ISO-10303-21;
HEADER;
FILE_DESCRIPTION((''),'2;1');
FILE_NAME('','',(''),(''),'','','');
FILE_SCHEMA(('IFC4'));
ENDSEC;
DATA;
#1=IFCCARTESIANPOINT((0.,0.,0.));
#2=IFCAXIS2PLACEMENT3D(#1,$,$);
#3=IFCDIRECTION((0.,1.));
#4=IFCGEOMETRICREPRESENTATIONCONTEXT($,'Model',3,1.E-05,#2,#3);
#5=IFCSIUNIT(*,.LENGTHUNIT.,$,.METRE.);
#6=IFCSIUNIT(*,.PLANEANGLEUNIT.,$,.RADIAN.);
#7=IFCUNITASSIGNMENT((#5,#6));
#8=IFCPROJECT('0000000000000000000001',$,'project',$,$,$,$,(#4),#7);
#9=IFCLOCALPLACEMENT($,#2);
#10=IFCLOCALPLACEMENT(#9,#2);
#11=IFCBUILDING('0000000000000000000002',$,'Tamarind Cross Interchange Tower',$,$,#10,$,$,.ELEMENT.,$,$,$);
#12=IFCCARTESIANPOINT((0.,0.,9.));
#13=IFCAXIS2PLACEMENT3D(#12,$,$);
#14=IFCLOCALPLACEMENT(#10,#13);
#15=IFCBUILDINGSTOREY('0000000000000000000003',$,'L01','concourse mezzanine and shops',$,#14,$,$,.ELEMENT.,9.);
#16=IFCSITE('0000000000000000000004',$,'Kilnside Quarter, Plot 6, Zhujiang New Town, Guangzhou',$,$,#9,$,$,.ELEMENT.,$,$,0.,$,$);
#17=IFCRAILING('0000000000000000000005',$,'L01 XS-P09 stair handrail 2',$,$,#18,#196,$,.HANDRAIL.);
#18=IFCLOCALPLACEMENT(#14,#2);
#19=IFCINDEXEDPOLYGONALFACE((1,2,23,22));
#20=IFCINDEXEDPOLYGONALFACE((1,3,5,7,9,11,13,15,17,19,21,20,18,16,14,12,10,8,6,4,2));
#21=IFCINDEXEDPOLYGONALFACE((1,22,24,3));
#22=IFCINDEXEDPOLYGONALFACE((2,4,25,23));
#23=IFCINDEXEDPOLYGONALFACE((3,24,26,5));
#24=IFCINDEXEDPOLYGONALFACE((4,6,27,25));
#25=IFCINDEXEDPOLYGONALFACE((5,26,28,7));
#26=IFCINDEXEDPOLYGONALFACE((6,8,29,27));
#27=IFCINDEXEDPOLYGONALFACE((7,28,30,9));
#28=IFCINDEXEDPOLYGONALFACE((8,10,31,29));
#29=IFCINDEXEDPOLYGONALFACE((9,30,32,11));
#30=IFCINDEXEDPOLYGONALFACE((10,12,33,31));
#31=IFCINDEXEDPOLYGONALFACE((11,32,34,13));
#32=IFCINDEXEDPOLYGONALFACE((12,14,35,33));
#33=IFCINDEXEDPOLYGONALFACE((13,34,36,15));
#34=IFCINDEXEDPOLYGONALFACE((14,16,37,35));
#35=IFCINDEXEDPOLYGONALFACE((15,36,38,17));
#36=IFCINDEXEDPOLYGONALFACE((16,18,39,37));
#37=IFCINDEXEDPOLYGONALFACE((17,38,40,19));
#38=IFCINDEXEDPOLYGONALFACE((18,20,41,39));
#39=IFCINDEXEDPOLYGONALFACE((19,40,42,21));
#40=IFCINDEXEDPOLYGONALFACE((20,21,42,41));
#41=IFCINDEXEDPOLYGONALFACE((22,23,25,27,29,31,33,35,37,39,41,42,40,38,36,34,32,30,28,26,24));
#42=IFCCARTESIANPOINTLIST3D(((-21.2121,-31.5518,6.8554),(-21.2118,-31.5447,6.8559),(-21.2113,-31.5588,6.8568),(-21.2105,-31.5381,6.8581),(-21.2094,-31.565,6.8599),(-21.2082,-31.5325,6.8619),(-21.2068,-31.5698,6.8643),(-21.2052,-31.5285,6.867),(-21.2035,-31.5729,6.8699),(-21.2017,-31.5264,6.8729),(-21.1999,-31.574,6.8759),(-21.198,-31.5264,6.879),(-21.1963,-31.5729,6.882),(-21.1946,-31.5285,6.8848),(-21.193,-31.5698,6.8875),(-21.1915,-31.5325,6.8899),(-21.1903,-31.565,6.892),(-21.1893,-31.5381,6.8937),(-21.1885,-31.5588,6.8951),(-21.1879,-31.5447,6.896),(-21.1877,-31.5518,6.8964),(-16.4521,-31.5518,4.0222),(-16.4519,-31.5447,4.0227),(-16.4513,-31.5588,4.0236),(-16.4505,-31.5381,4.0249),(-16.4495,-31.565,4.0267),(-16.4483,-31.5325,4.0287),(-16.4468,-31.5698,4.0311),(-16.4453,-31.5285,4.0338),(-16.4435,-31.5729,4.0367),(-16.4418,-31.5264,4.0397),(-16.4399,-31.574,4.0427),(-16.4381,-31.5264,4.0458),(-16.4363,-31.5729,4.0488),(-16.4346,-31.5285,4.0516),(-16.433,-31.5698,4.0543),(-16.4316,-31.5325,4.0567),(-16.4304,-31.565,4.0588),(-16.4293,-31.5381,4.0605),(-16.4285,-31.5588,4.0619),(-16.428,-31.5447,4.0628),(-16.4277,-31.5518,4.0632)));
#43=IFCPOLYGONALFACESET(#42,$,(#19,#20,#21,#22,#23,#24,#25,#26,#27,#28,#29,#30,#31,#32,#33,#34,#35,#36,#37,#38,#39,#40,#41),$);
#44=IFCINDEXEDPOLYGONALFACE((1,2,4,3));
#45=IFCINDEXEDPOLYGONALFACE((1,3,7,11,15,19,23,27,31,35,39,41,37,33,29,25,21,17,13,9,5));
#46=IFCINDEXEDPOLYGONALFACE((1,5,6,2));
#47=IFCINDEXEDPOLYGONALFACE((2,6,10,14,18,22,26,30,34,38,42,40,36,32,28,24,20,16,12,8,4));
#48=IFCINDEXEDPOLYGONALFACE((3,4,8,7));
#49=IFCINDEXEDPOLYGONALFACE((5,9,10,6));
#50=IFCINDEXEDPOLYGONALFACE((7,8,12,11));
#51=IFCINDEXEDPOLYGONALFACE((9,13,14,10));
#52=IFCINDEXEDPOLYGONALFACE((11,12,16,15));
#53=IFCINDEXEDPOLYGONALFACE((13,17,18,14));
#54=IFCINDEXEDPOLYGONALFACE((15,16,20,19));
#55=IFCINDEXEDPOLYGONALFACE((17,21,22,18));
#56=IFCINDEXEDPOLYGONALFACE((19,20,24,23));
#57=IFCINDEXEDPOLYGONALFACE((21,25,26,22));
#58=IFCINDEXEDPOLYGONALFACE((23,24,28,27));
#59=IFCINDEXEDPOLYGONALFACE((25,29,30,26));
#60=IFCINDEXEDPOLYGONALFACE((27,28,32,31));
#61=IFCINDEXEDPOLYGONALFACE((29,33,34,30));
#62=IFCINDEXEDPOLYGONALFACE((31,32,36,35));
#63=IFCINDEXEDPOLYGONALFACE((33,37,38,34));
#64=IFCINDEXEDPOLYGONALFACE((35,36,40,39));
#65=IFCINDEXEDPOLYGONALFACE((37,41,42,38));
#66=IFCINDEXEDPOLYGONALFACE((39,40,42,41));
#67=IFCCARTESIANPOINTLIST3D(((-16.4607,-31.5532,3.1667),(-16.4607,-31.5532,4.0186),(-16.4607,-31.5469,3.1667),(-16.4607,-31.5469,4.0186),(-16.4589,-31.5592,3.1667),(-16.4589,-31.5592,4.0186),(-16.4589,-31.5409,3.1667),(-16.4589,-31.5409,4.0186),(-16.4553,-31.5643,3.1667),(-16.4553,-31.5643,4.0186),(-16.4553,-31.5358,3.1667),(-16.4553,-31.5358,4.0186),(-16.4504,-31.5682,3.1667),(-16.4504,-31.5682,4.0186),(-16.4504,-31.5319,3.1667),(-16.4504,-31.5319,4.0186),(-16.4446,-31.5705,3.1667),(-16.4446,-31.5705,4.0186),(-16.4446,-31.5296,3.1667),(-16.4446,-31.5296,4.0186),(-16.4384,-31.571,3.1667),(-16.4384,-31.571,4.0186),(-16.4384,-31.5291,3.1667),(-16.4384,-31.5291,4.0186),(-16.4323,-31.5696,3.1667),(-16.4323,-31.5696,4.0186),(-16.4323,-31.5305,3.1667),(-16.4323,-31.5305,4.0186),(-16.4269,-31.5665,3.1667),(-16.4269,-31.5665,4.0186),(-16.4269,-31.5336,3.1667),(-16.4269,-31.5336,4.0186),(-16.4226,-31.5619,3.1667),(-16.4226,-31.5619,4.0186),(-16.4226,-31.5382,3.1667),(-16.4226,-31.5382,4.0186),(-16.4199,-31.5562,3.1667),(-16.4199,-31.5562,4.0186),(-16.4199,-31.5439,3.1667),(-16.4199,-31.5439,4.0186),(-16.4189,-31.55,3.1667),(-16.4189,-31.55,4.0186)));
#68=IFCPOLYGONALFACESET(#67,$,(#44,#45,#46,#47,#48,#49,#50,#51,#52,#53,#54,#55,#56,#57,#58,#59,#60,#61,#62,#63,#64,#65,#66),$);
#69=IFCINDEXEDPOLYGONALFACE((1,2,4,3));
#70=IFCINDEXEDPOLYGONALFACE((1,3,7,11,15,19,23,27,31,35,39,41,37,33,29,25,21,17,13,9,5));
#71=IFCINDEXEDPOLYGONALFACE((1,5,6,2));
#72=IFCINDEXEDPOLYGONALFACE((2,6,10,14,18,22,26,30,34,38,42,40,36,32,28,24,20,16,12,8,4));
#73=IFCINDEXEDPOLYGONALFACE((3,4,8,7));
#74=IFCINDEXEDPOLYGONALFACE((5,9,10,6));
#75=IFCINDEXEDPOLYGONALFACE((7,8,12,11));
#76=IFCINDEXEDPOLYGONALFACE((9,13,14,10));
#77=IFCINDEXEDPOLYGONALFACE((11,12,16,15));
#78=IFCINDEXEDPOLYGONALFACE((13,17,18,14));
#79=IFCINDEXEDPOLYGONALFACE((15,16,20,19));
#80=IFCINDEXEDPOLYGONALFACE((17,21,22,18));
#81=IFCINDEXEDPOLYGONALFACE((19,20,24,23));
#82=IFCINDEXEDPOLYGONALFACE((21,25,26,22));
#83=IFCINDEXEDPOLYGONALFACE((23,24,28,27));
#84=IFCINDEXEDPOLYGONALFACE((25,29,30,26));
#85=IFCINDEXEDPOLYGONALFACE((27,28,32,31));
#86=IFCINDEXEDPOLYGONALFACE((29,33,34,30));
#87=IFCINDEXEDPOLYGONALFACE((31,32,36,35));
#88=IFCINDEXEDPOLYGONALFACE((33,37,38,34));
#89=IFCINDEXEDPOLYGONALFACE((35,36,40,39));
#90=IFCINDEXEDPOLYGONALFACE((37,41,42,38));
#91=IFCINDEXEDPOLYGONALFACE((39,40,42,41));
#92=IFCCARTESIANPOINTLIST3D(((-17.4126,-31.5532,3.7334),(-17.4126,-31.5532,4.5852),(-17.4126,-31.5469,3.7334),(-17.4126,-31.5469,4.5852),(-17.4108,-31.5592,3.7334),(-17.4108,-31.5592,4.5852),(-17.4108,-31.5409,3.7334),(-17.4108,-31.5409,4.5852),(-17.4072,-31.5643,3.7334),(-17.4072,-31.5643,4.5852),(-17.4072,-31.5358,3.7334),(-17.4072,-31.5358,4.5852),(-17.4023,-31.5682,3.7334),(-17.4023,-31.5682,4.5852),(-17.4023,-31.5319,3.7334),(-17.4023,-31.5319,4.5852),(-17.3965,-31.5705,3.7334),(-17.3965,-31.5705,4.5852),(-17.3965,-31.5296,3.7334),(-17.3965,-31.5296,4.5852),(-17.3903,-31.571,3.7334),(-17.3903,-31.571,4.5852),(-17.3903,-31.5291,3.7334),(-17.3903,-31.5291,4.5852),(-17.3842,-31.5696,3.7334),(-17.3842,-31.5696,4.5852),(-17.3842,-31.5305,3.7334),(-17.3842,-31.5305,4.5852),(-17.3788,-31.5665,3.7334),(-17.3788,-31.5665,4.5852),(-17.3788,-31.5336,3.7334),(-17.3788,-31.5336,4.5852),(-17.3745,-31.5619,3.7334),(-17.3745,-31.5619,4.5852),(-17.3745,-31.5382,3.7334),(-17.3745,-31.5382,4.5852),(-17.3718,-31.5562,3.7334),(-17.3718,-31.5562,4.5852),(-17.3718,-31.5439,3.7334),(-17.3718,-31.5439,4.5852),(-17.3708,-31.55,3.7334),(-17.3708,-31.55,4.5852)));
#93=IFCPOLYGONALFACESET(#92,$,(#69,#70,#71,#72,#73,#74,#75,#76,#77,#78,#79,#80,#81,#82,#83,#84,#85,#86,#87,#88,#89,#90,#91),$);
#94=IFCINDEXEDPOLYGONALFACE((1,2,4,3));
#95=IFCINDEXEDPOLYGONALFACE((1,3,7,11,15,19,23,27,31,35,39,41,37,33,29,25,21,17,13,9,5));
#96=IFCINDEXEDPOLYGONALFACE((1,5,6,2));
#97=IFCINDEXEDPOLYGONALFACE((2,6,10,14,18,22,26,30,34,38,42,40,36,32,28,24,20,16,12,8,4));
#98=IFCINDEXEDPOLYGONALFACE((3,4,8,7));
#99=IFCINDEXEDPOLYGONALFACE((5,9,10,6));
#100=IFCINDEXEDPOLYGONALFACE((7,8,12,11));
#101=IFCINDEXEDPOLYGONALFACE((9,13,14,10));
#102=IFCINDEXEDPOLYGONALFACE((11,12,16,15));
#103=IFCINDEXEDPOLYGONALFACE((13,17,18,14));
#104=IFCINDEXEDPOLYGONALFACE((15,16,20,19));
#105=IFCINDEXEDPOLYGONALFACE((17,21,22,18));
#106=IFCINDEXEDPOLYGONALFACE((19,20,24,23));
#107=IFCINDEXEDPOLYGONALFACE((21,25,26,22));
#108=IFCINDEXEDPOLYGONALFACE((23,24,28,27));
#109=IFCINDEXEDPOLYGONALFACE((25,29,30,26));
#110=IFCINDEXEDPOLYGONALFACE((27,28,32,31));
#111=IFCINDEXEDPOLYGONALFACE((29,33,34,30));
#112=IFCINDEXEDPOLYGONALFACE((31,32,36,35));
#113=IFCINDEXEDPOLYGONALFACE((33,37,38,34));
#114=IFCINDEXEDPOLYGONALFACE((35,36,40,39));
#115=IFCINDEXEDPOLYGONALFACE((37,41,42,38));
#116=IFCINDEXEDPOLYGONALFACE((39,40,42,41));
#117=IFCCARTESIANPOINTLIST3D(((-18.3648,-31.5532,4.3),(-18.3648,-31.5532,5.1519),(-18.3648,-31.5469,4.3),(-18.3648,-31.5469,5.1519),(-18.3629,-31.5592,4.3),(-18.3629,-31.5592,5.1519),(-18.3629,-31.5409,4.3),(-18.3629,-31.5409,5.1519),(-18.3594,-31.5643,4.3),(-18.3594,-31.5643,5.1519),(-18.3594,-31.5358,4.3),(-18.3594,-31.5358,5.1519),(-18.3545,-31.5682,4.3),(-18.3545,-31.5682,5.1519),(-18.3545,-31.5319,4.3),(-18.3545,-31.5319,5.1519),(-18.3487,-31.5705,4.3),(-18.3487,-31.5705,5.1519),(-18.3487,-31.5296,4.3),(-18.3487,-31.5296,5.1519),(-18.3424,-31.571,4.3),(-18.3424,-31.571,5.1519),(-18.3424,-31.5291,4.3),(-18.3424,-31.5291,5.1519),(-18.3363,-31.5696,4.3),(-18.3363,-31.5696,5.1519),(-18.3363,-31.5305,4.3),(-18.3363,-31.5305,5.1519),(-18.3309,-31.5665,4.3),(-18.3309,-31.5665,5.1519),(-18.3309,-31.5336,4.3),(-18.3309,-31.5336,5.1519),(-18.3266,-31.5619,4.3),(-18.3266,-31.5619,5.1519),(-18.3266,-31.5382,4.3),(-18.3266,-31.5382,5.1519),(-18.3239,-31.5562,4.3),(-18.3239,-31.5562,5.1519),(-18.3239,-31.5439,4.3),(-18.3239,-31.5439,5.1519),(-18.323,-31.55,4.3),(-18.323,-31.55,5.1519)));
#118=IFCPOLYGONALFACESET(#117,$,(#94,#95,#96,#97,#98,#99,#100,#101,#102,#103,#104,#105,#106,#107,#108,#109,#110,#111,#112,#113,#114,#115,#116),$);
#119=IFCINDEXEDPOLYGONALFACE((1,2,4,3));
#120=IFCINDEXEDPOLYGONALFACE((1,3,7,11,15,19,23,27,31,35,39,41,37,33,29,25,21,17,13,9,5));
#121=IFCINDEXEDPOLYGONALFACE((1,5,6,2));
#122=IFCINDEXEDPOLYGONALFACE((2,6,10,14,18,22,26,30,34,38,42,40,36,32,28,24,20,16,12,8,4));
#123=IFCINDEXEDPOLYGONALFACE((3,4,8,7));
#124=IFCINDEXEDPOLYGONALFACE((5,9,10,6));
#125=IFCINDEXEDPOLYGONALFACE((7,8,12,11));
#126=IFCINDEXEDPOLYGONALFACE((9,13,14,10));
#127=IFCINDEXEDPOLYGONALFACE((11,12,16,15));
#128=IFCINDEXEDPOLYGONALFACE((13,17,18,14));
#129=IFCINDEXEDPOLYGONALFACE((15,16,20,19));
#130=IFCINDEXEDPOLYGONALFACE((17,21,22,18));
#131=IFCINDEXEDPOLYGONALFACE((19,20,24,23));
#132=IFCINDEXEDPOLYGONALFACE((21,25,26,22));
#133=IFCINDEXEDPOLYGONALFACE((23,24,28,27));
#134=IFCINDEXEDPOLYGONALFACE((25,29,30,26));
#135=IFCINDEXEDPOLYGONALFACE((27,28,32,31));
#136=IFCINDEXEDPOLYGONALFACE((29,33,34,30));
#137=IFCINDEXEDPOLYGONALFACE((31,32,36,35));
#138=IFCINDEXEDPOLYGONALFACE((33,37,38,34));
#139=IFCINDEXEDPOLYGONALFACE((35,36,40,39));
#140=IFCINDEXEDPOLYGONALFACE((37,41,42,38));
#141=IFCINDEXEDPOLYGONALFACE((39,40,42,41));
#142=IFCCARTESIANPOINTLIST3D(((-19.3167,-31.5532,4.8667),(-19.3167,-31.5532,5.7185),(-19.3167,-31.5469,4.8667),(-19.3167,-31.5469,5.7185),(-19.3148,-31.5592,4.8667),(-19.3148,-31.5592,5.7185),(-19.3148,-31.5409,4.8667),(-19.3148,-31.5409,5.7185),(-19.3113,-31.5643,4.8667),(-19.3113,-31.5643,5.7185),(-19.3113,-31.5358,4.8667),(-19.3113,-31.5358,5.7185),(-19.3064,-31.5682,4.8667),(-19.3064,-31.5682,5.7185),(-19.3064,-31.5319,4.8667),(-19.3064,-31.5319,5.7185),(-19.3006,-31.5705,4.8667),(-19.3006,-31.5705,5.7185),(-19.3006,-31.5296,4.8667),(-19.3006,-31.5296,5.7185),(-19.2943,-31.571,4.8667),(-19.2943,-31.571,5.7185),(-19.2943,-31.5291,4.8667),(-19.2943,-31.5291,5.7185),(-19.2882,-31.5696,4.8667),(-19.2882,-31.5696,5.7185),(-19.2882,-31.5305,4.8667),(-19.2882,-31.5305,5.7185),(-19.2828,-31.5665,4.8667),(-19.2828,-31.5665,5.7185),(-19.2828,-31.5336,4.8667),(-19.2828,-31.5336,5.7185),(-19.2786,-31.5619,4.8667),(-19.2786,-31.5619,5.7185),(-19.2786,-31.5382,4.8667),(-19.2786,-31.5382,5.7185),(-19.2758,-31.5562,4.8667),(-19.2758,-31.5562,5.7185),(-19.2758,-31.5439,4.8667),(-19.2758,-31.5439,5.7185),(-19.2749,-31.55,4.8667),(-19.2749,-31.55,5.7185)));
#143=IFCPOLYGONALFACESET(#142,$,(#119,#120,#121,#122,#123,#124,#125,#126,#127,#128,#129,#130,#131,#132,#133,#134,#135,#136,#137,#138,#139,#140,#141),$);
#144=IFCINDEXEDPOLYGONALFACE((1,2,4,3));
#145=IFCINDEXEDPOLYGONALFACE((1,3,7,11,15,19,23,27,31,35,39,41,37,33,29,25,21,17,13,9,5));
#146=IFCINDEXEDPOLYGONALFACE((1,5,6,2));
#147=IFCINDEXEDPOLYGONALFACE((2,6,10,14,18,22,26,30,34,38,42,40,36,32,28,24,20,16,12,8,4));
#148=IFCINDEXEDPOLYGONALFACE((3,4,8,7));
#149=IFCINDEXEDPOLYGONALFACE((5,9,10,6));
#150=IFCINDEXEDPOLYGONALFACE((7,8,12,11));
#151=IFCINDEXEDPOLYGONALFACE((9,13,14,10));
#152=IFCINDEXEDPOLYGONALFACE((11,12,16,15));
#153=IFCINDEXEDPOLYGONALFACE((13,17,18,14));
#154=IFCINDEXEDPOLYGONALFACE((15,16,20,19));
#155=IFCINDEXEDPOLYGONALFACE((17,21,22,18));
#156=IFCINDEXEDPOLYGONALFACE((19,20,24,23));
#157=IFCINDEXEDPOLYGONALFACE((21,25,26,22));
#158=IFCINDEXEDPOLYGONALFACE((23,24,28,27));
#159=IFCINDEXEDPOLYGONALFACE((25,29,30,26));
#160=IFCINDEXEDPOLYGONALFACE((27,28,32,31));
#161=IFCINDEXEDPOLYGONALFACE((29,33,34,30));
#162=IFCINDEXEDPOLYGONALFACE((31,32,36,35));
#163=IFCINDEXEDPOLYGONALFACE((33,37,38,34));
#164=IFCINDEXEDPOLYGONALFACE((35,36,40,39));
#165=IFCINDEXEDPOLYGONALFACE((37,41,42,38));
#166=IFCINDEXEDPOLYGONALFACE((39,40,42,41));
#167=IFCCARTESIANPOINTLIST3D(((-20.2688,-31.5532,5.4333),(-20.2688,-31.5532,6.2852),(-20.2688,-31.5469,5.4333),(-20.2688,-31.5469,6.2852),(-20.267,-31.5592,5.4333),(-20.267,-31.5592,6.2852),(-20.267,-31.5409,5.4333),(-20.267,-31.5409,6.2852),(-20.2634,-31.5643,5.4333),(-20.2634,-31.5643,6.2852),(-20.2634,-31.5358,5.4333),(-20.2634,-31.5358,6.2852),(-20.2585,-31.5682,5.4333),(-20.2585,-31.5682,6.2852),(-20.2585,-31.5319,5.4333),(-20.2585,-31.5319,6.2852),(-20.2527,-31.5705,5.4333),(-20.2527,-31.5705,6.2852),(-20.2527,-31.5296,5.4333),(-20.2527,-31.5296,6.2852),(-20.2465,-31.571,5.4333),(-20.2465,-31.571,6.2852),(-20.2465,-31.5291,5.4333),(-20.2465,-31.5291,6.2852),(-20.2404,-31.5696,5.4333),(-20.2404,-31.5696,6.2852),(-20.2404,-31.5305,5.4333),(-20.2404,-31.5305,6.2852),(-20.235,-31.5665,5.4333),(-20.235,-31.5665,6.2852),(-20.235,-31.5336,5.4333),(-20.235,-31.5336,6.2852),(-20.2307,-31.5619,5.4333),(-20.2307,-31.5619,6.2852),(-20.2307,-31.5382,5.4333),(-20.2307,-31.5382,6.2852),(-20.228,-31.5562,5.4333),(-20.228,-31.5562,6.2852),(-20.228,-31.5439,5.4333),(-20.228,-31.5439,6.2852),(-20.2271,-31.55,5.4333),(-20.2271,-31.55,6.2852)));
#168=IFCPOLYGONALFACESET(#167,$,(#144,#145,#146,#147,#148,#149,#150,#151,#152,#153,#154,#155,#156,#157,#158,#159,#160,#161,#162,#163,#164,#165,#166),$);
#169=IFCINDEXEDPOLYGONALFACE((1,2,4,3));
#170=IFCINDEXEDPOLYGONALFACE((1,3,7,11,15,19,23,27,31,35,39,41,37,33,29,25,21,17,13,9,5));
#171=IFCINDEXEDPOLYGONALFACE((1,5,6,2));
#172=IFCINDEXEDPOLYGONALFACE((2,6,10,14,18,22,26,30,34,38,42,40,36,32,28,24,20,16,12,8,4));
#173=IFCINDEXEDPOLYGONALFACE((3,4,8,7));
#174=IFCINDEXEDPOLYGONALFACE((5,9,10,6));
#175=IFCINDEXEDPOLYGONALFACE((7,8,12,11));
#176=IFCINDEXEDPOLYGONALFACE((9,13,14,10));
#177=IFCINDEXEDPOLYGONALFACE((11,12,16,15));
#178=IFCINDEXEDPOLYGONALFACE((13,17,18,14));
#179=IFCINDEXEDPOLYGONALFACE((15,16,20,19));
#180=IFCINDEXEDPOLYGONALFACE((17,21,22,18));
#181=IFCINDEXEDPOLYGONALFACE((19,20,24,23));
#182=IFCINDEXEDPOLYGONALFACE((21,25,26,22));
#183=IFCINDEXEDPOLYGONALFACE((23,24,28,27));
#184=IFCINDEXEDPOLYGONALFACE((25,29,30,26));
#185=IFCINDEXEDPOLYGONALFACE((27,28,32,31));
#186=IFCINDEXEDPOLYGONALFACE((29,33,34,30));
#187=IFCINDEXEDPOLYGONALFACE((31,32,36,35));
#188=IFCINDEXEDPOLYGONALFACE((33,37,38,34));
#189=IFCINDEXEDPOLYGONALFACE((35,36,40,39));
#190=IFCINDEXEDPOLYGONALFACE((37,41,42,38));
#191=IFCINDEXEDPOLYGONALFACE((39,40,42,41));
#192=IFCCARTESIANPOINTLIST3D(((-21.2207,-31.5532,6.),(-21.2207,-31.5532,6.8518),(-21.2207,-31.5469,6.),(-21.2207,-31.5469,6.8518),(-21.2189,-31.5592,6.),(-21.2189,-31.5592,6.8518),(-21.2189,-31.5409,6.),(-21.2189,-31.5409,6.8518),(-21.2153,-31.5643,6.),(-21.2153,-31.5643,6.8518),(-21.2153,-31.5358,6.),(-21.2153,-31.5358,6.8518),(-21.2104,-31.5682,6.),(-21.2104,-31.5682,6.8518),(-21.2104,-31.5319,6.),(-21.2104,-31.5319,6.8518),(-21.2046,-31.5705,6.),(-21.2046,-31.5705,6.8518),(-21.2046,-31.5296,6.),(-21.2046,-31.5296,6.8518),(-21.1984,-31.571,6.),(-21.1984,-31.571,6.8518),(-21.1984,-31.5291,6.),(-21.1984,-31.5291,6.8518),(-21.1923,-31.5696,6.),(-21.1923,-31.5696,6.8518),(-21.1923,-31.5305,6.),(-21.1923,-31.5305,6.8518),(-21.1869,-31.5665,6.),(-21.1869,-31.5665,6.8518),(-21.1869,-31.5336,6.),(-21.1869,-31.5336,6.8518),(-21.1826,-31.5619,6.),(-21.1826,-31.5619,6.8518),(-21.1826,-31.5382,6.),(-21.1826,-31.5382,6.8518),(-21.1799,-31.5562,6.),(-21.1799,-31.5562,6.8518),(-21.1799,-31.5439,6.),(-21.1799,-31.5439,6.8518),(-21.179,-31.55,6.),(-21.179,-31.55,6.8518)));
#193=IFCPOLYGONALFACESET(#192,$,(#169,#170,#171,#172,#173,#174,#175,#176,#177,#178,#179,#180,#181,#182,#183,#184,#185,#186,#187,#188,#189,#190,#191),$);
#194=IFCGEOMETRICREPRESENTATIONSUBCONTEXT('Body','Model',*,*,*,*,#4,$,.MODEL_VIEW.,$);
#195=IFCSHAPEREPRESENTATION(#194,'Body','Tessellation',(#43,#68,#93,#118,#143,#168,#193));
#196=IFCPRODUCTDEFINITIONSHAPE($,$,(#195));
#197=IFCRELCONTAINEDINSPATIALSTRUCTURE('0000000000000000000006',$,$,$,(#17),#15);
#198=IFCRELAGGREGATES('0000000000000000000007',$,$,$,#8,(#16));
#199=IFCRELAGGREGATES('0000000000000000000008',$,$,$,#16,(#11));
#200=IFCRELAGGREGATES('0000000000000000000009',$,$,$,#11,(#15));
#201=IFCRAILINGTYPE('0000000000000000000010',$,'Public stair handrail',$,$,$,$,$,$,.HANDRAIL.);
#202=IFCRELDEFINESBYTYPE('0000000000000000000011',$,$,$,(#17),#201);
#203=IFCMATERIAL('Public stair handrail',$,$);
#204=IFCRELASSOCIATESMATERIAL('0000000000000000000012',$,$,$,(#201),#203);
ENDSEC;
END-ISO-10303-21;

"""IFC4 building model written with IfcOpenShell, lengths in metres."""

from ifc_helpers import new_model, si_unit, direction, frame, origin, origin_2d, place, context, subcontext, project, spatial, circle, extrude, material, type_object, element, save


model = new_model("IFC4")

# Units and contexts
model_context = context("Model", 3, precision=1e-05, world=origin(), true_north=direction((0.0, 1.0)))
body_context = subcontext(model_context, "Body", "Model", "MODEL_VIEW")
ifc_project = project(units=[si_unit("LENGTHUNIT", "METRE"), si_unit("PLANEANGLEUNIT", "RADIAN")], contexts=[model_context])

# Site, building, storey
site_placement = place(None, origin())
site = spatial("IfcSite", under=ifc_project, at=site_placement, Name="Kilnside Quarter, Plot 6, Zhujiang New Town, Guangzhou", CompositionType="ELEMENT", RefElevation=0.0)
building_placement = place(site_placement, origin())
building = spatial("IfcBuilding", under=site, at=building_placement, Name="Tamarind Cross Interchange Tower", CompositionType="ELEMENT")
storey_placement = place(building_placement, frame((0.0, 0.0, 9.0)))
storey = spatial("IfcBuildingStorey", under=building, at=storey_placement, Name="L01", Description="concourse mezzanine and shops", CompositionType="ELEMENT", Elevation=9.0)

# Railing
ifc_material_1 = material(Name="Public stair handrail")
railing_type_1 = type_object("IfcRailingType", Name="Public stair handrail", PredefinedType="HANDRAIL", material=ifc_material_1)
railing_1_placement = place(storey_placement, frame((-16.4399, -31.55, 3.1667)))
element("IfcRailing", 1, at=railing_1_placement, inside=storey, type_object=railing_type_1, Name="L01 XS-P09 stair handrail 2", PredefinedType="HANDRAIL", context=body_context, shape_type="SweptSolid", body=[
    extrude(circle(Radius=0.0239, at=origin_2d()), frame((0.0, 0.0, 0.876), z_axis=(-0.8593, 0.0, 0.511472), x_axis=(0.0, -1.0, 0.0)), (0.0, 0.0, 1.0), 5.5393),
    extrude(circle(Radius=0.021, at=origin_2d()), origin(), (0.0, 0.0, 1.0), 0.8518),
    extrude(circle(Radius=0.021, at=origin_2d()), frame((-0.9519, 0.0, 0.5667)), (0.0, 0.0, 1.0), 0.8518),
    extrude(circle(Radius=0.021, at=origin_2d()), frame((-1.9041, 0.0, 1.1333)), (0.0, 0.0, 1.0), 0.8518),
    extrude(circle(Radius=0.021, at=origin_2d()), frame((-2.856, 0.0, 1.7)), (0.0, 0.0, 1.0), 0.8518),
    extrude(circle(Radius=0.021, at=origin_2d()), frame((-3.8081, 0.0, 2.2666)), (0.0, 0.0, 1.0), 0.8518),
    extrude(circle(Radius=0.021, at=origin_2d()), frame((-4.76, 0.0, 2.8333)), (0.0, 0.0, 1.0), 0.8518),
])

save(model, "model.ifc")
